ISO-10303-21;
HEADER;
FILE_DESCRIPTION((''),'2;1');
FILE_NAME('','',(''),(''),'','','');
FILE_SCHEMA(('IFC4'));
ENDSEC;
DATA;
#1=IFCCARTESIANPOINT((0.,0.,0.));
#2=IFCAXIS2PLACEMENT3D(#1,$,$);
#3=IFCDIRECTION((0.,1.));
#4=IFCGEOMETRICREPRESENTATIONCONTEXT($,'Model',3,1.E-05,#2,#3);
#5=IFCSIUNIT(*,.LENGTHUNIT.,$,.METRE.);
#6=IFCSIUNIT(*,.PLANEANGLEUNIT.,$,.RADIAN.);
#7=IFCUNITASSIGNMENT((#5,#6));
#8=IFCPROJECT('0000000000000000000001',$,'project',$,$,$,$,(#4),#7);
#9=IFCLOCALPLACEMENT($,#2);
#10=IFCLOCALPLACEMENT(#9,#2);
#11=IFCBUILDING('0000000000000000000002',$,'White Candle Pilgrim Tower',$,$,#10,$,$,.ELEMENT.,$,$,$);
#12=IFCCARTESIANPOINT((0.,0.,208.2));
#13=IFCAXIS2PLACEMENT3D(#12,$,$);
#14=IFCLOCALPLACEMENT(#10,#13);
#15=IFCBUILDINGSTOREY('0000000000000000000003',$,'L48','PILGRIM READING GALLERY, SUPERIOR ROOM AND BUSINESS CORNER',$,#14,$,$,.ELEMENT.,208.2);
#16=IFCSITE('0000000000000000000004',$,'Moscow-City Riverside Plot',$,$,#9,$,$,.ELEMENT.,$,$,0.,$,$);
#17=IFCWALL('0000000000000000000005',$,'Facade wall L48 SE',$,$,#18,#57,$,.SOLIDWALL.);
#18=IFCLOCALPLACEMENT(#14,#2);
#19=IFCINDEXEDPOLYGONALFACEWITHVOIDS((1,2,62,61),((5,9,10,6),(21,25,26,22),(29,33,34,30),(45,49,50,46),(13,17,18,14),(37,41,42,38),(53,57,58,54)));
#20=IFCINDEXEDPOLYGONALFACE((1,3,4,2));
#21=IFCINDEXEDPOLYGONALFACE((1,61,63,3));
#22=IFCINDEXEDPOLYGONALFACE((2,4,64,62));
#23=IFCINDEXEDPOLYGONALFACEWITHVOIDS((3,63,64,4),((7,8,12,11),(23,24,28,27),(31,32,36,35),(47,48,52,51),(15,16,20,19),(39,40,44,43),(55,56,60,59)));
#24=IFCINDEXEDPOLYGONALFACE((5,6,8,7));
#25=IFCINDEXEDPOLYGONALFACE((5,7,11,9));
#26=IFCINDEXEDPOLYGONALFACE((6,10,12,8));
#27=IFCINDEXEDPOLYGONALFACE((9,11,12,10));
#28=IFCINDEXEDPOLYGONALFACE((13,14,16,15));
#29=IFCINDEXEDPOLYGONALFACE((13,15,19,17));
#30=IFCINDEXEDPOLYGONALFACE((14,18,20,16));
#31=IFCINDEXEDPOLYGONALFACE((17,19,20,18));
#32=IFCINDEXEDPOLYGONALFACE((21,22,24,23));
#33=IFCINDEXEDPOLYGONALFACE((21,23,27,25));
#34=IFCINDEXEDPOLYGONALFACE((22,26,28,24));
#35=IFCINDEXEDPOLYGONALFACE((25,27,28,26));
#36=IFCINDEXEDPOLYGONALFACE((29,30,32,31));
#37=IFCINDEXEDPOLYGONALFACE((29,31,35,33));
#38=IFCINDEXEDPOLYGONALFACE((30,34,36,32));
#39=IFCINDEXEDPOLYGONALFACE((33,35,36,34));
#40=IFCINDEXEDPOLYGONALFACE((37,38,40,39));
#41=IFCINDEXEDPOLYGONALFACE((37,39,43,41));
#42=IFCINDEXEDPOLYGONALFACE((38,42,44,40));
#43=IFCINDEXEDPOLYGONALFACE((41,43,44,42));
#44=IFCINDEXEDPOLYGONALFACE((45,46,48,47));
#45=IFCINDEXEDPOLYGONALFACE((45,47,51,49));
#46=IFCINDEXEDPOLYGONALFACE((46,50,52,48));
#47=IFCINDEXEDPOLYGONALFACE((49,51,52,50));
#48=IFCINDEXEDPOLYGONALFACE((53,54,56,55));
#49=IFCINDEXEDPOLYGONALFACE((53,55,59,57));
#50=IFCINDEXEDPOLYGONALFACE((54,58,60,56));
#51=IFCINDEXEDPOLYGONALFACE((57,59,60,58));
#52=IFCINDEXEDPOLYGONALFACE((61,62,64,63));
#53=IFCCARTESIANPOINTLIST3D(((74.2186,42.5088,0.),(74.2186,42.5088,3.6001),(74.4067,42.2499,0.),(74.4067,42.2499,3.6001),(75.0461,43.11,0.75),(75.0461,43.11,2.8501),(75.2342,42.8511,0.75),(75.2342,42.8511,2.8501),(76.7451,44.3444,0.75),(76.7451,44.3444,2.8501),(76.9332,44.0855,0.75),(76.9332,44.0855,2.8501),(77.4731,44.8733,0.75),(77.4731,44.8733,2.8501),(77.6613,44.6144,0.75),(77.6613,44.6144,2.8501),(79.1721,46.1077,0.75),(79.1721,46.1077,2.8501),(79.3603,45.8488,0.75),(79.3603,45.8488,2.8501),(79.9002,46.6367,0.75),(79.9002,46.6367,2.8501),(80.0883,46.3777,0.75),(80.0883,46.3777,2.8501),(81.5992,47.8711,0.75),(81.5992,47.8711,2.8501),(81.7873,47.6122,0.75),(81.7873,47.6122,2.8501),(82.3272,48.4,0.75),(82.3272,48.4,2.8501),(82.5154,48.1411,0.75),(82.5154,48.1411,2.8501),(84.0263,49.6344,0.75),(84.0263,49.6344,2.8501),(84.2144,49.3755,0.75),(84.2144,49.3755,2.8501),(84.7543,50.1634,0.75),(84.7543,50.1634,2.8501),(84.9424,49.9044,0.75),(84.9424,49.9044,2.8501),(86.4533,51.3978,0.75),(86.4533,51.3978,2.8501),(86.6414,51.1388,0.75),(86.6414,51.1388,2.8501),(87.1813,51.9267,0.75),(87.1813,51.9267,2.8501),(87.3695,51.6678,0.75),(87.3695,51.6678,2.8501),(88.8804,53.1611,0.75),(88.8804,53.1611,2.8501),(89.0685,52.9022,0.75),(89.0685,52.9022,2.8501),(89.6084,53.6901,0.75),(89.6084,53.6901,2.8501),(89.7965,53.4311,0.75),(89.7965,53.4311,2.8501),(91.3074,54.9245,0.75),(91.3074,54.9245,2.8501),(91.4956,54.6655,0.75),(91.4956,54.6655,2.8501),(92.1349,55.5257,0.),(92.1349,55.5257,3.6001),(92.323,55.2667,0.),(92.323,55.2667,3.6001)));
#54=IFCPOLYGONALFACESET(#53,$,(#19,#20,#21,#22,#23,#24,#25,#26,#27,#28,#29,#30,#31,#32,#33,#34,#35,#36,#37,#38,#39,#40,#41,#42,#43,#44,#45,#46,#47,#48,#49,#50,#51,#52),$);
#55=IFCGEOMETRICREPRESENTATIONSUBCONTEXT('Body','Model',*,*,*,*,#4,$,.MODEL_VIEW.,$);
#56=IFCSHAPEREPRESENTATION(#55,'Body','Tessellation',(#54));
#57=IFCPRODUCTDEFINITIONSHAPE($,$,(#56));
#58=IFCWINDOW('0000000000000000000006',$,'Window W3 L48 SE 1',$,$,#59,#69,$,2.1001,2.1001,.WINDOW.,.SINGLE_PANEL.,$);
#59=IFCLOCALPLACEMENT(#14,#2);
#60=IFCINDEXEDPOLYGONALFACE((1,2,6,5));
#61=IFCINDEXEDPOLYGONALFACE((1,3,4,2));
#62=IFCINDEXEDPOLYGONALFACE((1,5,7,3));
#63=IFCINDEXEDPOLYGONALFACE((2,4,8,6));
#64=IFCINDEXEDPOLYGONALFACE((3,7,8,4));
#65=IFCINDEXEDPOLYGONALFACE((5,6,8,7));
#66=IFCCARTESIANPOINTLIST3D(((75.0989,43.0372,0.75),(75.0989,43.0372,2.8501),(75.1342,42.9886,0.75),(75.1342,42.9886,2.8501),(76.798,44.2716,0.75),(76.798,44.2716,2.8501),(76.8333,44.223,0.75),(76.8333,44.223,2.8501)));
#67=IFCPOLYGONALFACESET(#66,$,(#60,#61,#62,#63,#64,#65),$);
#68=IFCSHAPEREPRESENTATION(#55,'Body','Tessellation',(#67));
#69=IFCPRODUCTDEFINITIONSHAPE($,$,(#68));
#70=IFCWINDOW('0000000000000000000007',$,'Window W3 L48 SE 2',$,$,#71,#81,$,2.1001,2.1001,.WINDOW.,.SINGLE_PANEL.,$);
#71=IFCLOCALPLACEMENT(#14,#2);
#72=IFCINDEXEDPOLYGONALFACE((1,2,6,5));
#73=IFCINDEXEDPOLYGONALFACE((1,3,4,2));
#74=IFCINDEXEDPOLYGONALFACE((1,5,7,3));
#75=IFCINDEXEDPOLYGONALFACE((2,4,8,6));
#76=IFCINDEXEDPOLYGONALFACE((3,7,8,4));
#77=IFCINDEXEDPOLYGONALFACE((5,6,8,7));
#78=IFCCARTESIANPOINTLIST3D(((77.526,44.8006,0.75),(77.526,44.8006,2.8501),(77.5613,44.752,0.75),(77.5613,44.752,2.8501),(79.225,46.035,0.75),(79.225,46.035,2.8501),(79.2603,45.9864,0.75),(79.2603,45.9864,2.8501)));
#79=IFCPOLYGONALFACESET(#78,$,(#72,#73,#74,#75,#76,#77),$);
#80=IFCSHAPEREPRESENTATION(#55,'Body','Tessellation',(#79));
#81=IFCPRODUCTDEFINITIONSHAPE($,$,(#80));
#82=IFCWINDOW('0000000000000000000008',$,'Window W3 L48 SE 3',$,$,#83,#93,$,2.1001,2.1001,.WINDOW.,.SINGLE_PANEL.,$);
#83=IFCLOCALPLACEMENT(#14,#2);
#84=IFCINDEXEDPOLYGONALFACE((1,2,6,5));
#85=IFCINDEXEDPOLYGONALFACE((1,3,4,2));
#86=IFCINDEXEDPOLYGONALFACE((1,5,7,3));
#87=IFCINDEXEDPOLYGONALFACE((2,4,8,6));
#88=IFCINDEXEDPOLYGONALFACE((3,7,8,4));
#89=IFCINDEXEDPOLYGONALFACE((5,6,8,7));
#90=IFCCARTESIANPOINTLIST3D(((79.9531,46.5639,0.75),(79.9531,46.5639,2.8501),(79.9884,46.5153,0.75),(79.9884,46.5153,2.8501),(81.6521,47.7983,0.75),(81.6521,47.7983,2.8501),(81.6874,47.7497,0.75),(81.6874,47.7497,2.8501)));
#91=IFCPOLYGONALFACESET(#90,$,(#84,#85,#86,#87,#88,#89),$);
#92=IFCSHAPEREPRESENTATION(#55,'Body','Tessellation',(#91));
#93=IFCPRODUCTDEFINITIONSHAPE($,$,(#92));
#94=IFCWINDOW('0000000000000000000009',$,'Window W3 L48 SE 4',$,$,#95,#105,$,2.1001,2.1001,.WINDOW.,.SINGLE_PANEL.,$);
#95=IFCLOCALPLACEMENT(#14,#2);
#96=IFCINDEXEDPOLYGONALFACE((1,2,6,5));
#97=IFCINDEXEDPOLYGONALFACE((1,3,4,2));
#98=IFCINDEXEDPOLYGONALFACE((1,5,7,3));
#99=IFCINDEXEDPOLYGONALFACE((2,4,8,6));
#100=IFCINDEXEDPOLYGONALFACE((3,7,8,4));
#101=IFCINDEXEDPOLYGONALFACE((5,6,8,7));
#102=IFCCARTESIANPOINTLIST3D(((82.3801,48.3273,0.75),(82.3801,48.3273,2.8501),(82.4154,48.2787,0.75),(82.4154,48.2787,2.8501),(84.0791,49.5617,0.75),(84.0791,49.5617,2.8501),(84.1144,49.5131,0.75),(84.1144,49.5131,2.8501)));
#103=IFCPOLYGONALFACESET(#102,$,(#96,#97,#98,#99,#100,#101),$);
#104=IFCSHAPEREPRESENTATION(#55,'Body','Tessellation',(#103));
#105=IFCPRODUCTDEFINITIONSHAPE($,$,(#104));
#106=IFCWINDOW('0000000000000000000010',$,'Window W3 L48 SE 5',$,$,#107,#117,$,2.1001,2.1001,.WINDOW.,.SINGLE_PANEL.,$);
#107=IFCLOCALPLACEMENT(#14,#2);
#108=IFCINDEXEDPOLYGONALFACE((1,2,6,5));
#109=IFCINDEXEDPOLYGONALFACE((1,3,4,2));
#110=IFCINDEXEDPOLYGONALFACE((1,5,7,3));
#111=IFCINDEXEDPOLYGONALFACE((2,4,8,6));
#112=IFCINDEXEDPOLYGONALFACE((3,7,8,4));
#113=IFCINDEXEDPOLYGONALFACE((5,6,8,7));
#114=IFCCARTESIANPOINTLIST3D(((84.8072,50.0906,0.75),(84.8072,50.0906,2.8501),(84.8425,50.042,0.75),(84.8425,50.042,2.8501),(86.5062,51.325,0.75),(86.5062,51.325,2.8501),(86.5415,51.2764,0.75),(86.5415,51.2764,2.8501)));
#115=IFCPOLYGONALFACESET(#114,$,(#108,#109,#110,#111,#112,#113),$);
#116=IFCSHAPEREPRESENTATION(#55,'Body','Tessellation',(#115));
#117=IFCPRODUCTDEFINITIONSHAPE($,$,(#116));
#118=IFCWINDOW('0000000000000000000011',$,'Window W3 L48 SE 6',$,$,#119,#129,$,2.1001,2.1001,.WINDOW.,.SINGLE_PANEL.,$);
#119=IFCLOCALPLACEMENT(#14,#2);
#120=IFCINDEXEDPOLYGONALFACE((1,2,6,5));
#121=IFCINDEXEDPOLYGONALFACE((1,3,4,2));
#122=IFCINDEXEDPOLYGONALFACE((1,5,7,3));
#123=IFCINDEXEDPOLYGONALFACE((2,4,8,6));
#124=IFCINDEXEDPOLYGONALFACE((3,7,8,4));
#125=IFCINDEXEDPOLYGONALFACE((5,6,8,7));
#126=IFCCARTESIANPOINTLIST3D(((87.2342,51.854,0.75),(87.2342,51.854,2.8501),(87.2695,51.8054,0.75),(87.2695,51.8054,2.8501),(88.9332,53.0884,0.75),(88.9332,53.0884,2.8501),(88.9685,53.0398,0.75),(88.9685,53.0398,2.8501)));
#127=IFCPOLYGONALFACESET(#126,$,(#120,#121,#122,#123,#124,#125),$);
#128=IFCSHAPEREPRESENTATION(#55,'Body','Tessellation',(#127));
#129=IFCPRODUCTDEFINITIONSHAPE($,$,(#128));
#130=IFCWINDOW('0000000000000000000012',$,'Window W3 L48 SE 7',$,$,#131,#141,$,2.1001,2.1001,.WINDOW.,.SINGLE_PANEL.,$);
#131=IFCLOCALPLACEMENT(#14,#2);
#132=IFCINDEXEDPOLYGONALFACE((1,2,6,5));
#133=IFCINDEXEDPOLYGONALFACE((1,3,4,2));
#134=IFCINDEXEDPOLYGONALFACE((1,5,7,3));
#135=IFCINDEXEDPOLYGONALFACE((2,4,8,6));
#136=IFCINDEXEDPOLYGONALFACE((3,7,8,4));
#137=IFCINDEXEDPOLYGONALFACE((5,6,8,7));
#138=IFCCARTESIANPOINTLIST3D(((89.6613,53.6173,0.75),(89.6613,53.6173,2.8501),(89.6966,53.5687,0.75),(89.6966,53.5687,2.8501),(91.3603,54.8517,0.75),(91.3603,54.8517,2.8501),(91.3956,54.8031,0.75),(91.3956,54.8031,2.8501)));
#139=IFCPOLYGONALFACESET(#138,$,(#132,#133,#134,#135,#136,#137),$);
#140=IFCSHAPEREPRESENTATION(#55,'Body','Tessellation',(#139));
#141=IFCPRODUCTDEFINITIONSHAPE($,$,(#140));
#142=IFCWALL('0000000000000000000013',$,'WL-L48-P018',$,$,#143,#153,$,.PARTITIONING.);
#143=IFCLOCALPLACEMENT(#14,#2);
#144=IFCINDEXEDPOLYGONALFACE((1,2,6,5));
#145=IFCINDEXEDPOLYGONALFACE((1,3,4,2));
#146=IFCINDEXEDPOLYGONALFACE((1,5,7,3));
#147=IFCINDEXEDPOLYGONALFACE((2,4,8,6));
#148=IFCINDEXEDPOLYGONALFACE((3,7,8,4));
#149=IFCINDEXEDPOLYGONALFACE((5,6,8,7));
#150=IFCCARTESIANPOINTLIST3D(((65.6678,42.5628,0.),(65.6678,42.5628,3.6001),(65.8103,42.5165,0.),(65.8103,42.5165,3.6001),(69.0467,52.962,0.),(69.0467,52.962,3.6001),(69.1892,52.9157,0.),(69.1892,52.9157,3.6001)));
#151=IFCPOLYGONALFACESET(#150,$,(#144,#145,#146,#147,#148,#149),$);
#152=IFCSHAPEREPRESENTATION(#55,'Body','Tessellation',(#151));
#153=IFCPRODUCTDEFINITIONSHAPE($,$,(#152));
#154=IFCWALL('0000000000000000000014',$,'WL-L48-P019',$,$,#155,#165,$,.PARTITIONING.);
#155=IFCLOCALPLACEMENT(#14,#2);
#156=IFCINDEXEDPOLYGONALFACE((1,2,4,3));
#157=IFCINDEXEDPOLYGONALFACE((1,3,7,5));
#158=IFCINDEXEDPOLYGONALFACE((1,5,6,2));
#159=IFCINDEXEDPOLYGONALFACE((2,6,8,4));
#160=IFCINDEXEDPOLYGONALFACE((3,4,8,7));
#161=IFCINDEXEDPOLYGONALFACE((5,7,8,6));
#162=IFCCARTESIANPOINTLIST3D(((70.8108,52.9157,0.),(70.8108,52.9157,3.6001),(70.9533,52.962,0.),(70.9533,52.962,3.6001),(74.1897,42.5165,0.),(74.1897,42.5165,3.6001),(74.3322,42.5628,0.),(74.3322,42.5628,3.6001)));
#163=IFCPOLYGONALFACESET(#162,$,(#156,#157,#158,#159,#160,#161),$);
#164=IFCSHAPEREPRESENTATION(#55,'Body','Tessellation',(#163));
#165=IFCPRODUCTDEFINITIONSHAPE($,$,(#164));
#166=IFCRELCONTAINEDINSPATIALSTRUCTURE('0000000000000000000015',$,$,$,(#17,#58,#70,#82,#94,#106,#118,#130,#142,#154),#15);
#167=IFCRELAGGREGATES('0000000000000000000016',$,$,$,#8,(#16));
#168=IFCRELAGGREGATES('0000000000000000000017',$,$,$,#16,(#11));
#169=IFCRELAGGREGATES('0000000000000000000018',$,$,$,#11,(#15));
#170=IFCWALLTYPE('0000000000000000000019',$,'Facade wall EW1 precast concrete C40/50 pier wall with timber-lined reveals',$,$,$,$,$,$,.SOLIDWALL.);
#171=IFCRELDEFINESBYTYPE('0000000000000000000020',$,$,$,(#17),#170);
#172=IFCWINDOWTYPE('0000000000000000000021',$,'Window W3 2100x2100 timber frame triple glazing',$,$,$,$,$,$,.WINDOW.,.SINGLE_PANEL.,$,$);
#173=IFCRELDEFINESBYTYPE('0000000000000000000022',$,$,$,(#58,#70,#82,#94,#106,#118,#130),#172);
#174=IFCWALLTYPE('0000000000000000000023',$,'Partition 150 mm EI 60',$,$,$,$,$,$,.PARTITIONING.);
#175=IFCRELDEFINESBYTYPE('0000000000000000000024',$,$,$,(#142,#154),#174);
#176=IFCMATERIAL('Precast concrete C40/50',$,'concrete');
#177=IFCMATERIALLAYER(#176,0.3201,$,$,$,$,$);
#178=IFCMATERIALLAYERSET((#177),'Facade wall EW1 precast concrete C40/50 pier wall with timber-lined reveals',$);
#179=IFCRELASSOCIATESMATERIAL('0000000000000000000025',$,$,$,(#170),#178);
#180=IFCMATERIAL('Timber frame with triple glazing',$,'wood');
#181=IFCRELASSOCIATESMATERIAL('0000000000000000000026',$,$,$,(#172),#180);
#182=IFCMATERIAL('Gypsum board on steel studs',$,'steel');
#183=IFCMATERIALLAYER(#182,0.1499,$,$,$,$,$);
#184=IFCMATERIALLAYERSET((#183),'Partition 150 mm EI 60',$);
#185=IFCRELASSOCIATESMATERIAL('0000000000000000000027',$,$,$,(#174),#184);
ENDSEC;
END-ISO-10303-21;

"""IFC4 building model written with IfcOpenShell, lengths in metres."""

from ifc_helpers import new_model, si_unit, direction, frame, frame_2d, origin, place, context, subcontext, project, spatial, rectangle, extrude, material, layer, layer_set, type_object, element, fill, save


model = new_model("IFC4")

# Units and contexts
model_context = context("Model", 3, precision=1e-05, world=origin(), true_north=direction((0.0, 1.0)))
body_context = subcontext(model_context, "Body", "Model", "MODEL_VIEW")
ifc_project = project(units=[si_unit("LENGTHUNIT", "METRE"), si_unit("PLANEANGLEUNIT", "RADIAN")], contexts=[model_context])

# Site, building, storey
site_placement = place(None, origin())
site = spatial("IfcSite", under=ifc_project, at=site_placement, Name="Moscow-City Riverside Plot", CompositionType="ELEMENT", RefElevation=0.0)
building_placement = place(site_placement, origin())
building = spatial("IfcBuilding", under=site, at=building_placement, Name="White Candle Pilgrim Tower", CompositionType="ELEMENT")
storey_placement = place(building_placement, frame((0.0, 0.0, 208.2)))
storey = spatial("IfcBuildingStorey", under=building, at=storey_placement, Name="L48", Description="PILGRIM READING GALLERY, SUPERIOR ROOM AND BUSINESS CORNER", CompositionType="ELEMENT", Elevation=208.2)

# Shared definitions
ifc_material_1 = material(Name="Gypsum board on steel studs", Category="steel")

# Wall, openings, windows
ifc_material_2 = material(Name="Precast concrete C40/50", Category="concrete")
ifc_layer_1 = layer(ifc_material_2, 0.3201)
ifc_layer_set_1 = layer_set([ifc_layer_1], Name="Facade wall EW1 precast concrete C40/50 pier wall with timber-lined reveals")
wall_type_1 = type_object("IfcWallType", Name="Facade wall EW1 precast concrete C40/50 pier wall with timber-lined reveals", PredefinedType="SOLIDWALL", material=ifc_layer_set_1)
ifc_material_3 = material(Name="Timber frame with triple glazing", Category="wood")
wall_1_placement = place(storey_placement, frame((74.3127, 42.3794, 0.0), z_axis=(0.0, 0.0, 1.0), x_axis=(0.809019, 0.587783, 0.0)))
wall_1 = element("IfcWall", 1, at=wall_1_placement, inside=storey, type_object=wall_type_1, Name="Facade wall L48 SE", PredefinedType="SOLIDWALL", context=body_context, shape_type="SweptSolid", body=[
    extrude(rectangle(XDim=22.1458, YDim=0.3201, at=frame_2d((11.0728, 0.0))), origin(), (0.0, 0.0, 1.0), 3.6001),
])
opening_1_placement = place(wall_1_placement, frame((1.0227, 0.0, 0.75)))
opening_1 = element("IfcOpeningElement", 2, at=opening_1_placement, cuts=wall_1, PredefinedType="OPENING", context=body_context, shape_type="SweptSolid", body=[
    extrude(rectangle(XDim=2.1001, YDim=2.1001, at=frame_2d((1.05, 1.05))), frame((0.0, 0.1699, 0.0), z_axis=(0.0, -1.0, 0.0), x_axis=(1.0, 0.0, 0.0)), (0.0, 0.0, 1.0), 0.3401),
])
opening_2_placement = place(wall_1_placement, frame((4.0227, 0.0, 0.75)))
opening_2 = element("IfcOpeningElement", 3, at=opening_2_placement, cuts=wall_1, PredefinedType="OPENING", context=body_context, shape_type="SweptSolid", body=[
    extrude(rectangle(XDim=2.1001, YDim=2.1001, at=frame_2d((1.05, 1.05))), frame((0.0, 0.1699, 0.0), z_axis=(0.0, -1.0, 0.0), x_axis=(1.0, 0.0, 0.0)), (0.0, 0.0, 1.0), 0.3401),
])
opening_3_placement = place(wall_1_placement, frame((7.0227, 0.0, 0.75)))
opening_3 = element("IfcOpeningElement", 4, at=opening_3_placement, cuts=wall_1, PredefinedType="OPENING", context=body_context, shape_type="SweptSolid", body=[
    extrude(rectangle(XDim=2.1001, YDim=2.1001, at=frame_2d((1.05, 1.05))), frame((0.0, 0.1699, 0.0), z_axis=(0.0, -1.0, 0.0), x_axis=(1.0, 0.0, 0.0)), (0.0, 0.0, 1.0), 0.3401),
])
opening_4_placement = place(wall_1_placement, frame((10.0227, 0.0, 0.75)))
opening_4 = element("IfcOpeningElement", 5, at=opening_4_placement, cuts=wall_1, PredefinedType="OPENING", context=body_context, shape_type="SweptSolid", body=[
    extrude(rectangle(XDim=2.1001, YDim=2.1001, at=frame_2d((1.05, 1.05))), frame((0.0, 0.1699, 0.0), z_axis=(0.0, -1.0, 0.0), x_axis=(1.0, 0.0, 0.0)), (0.0, 0.0, 1.0), 0.3401),
])
opening_5_placement = place(wall_1_placement, frame((13.0227, 0.0, 0.75)))
opening_5 = element("IfcOpeningElement", 6, at=opening_5_placement, cuts=wall_1, PredefinedType="OPENING", context=body_context, shape_type="SweptSolid", body=[
    extrude(rectangle(XDim=2.1001, YDim=2.1001, at=frame_2d((1.05, 1.05))), frame((0.0, 0.1699, 0.0), z_axis=(0.0, -1.0, 0.0), x_axis=(1.0, 0.0, 0.0)), (0.0, 0.0, 1.0), 0.3401),
])
opening_6_placement = place(wall_1_placement, frame((16.0227, 0.0, 0.75)))
opening_6 = element("IfcOpeningElement", 7, at=opening_6_placement, cuts=wall_1, PredefinedType="OPENING", context=body_context, shape_type="SweptSolid", body=[
    extrude(rectangle(XDim=2.1001, YDim=2.1001, at=frame_2d((1.05, 1.05))), frame((0.0, 0.1699, 0.0), z_axis=(0.0, -1.0, 0.0), x_axis=(1.0, 0.0, 0.0)), (0.0, 0.0, 1.0), 0.3401),
])
opening_7_placement = place(wall_1_placement, frame((19.0227, 0.0, 0.75)))
opening_7 = element("IfcOpeningElement", 8, at=opening_7_placement, cuts=wall_1, PredefinedType="OPENING", context=body_context, shape_type="SweptSolid", body=[
    extrude(rectangle(XDim=2.1001, YDim=2.1001, at=frame_2d((1.05, 1.05))), frame((0.0, 0.1699, 0.0), z_axis=(0.0, -1.0, 0.0), x_axis=(1.0, 0.0, 0.0)), (0.0, 0.0, 1.0), 0.3401),
])
window_type_1 = type_object("IfcWindowType", Name="Window W3 2100x2100 timber frame triple glazing", PartitioningType="SINGLE_PANEL", PredefinedType="WINDOW", material=ifc_material_3)
window_1_placement = place(opening_1_placement, origin())
window_1 = element("IfcWindow", 9, at=window_1_placement, inside=storey, type_object=window_type_1, Name="Window W3 L48 SE 1", OverallHeight=2.1001, OverallWidth=2.1001, PartitioningType="SINGLE_PANEL", PredefinedType="WINDOW", context=body_context, shape_type="SweptSolid", body=[
    extrude(rectangle(XDim=2.1001, YDim=2.1001, at=frame_2d((1.05, 1.05))), frame((0.0, 0.0701, 0.0), z_axis=(0.0, -1.0, 0.0), x_axis=(1.0, 0.0, 0.0)), (0.0, 0.0, 1.0), 0.0601),
])
fill(opening_1, window_1)
window_2_placement = place(opening_2_placement, origin())
window_2 = element("IfcWindow", 10, at=window_2_placement, inside=storey, type_object=window_type_1, Name="Window W3 L48 SE 2", OverallHeight=2.1001, OverallWidth=2.1001, PartitioningType="SINGLE_PANEL", PredefinedType="WINDOW", context=body_context, shape_type="SweptSolid", body=[
    extrude(rectangle(XDim=2.1001, YDim=2.1001, at=frame_2d((1.05, 1.05))), frame((0.0, 0.0701, 0.0), z_axis=(0.0, -1.0, 0.0), x_axis=(1.0, 0.0, 0.0)), (0.0, 0.0, 1.0), 0.0601),
])
fill(opening_2, window_2)
window_3_placement = place(opening_3_placement, origin())
window_3 = element("IfcWindow", 11, at=window_3_placement, inside=storey, type_object=window_type_1, Name="Window W3 L48 SE 3", OverallHeight=2.1001, OverallWidth=2.1001, PartitioningType="SINGLE_PANEL", PredefinedType="WINDOW", context=body_context, shape_type="SweptSolid", body=[
    extrude(rectangle(XDim=2.1001, YDim=2.1001, at=frame_2d((1.05, 1.05))), frame((0.0, 0.0701, 0.0), z_axis=(0.0, -1.0, 0.0), x_axis=(1.0, 0.0, 0.0)), (0.0, 0.0, 1.0), 0.0601),
])
fill(opening_3, window_3)
window_4_placement = place(opening_4_placement, origin())
window_4 = element("IfcWindow", 12, at=window_4_placement, inside=storey, type_object=window_type_1, Name="Window W3 L48 SE 4", OverallHeight=2.1001, OverallWidth=2.1001, PartitioningType="SINGLE_PANEL", PredefinedType="WINDOW", context=body_context, shape_type="SweptSolid", body=[
    extrude(rectangle(XDim=2.1001, YDim=2.1001, at=frame_2d((1.05, 1.05))), frame((0.0, 0.0701, 0.0), z_axis=(0.0, -1.0, 0.0), x_axis=(1.0, 0.0, 0.0)), (0.0, 0.0, 1.0), 0.0601),
])
fill(opening_4, window_4)
window_5_placement = place(opening_5_placement, origin())
window_5 = element("IfcWindow", 13, at=window_5_placement, inside=storey, type_object=window_type_1, Name="Window W3 L48 SE 5", OverallHeight=2.1001, OverallWidth=2.1001, PartitioningType="SINGLE_PANEL", PredefinedType="WINDOW", context=body_context, shape_type="SweptSolid", body=[
    extrude(rectangle(XDim=2.1001, YDim=2.1001, at=frame_2d((1.05, 1.05))), frame((0.0, 0.0701, 0.0), z_axis=(0.0, -1.0, 0.0), x_axis=(1.0, 0.0, 0.0)), (0.0, 0.0, 1.0), 0.0601),
])
fill(opening_5, window_5)
window_6_placement = place(opening_6_placement, origin())
window_6 = element("IfcWindow", 14, at=window_6_placement, inside=storey, type_object=window_type_1, Name="Window W3 L48 SE 6", OverallHeight=2.1001, OverallWidth=2.1001, PartitioningType="SINGLE_PANEL", PredefinedType="WINDOW", context=body_context, shape_type="SweptSolid", body=[
    extrude(rectangle(XDim=2.1001, YDim=2.1001, at=frame_2d((1.05, 1.05))), frame((0.0, 0.0701, 0.0), z_axis=(0.0, -1.0, 0.0), x_axis=(1.0, 0.0, 0.0)), (0.0, 0.0, 1.0), 0.0601),
])
fill(opening_6, window_6)
window_7_placement = place(opening_7_placement, origin())
window_7 = element("IfcWindow", 15, at=window_7_placement, inside=storey, type_object=window_type_1, Name="Window W3 L48 SE 7", OverallHeight=2.1001, OverallWidth=2.1001, PartitioningType="SINGLE_PANEL", PredefinedType="WINDOW", context=body_context, shape_type="SweptSolid", body=[
    extrude(rectangle(XDim=2.1001, YDim=2.1001, at=frame_2d((1.05, 1.05))), frame((0.0, 0.0701, 0.0), z_axis=(0.0, -1.0, 0.0), x_axis=(1.0, 0.0, 0.0)), (0.0, 0.0, 1.0), 0.0601),
])
fill(opening_7, window_7)

# Walls
ifc_layer_2 = layer(ifc_material_1, 0.1499)
ifc_layer_set_2 = layer_set([ifc_layer_2], Name="Partition 150 mm EI 60")
wall_type_2 = type_object("IfcWallType", Name="Partition 150 mm EI 60", PredefinedType="PARTITIONING", material=ifc_layer_set_2)
for number, where, z_axis, x_axis, name in (
    (16, (65.739, 42.5396, 0.0), (0.0, 0.0, 1.0), (0.309018, 0.951056, 0.0), "WL-L48-P018"),
    (17, (74.261, 42.5396, 0.0), (0.0, 0.0, 1.0), (-0.309018, 0.951056, 0.0), "WL-L48-P019"),
):
    element("IfcWall", number, at=place(storey_placement, frame(where, z_axis=z_axis, x_axis=x_axis)), inside=storey, type_object=wall_type_2, Name=name, PredefinedType="PARTITIONING", context=body_context, shape_type="SweptSolid", body=[
        extrude(rectangle(XDim=10.9343, YDim=0.1499, at=frame_2d((5.4673, 0.0))), origin(), (0.0, 0.0, 1.0), 3.6001),
    ])

save(model, "model.ifc")
